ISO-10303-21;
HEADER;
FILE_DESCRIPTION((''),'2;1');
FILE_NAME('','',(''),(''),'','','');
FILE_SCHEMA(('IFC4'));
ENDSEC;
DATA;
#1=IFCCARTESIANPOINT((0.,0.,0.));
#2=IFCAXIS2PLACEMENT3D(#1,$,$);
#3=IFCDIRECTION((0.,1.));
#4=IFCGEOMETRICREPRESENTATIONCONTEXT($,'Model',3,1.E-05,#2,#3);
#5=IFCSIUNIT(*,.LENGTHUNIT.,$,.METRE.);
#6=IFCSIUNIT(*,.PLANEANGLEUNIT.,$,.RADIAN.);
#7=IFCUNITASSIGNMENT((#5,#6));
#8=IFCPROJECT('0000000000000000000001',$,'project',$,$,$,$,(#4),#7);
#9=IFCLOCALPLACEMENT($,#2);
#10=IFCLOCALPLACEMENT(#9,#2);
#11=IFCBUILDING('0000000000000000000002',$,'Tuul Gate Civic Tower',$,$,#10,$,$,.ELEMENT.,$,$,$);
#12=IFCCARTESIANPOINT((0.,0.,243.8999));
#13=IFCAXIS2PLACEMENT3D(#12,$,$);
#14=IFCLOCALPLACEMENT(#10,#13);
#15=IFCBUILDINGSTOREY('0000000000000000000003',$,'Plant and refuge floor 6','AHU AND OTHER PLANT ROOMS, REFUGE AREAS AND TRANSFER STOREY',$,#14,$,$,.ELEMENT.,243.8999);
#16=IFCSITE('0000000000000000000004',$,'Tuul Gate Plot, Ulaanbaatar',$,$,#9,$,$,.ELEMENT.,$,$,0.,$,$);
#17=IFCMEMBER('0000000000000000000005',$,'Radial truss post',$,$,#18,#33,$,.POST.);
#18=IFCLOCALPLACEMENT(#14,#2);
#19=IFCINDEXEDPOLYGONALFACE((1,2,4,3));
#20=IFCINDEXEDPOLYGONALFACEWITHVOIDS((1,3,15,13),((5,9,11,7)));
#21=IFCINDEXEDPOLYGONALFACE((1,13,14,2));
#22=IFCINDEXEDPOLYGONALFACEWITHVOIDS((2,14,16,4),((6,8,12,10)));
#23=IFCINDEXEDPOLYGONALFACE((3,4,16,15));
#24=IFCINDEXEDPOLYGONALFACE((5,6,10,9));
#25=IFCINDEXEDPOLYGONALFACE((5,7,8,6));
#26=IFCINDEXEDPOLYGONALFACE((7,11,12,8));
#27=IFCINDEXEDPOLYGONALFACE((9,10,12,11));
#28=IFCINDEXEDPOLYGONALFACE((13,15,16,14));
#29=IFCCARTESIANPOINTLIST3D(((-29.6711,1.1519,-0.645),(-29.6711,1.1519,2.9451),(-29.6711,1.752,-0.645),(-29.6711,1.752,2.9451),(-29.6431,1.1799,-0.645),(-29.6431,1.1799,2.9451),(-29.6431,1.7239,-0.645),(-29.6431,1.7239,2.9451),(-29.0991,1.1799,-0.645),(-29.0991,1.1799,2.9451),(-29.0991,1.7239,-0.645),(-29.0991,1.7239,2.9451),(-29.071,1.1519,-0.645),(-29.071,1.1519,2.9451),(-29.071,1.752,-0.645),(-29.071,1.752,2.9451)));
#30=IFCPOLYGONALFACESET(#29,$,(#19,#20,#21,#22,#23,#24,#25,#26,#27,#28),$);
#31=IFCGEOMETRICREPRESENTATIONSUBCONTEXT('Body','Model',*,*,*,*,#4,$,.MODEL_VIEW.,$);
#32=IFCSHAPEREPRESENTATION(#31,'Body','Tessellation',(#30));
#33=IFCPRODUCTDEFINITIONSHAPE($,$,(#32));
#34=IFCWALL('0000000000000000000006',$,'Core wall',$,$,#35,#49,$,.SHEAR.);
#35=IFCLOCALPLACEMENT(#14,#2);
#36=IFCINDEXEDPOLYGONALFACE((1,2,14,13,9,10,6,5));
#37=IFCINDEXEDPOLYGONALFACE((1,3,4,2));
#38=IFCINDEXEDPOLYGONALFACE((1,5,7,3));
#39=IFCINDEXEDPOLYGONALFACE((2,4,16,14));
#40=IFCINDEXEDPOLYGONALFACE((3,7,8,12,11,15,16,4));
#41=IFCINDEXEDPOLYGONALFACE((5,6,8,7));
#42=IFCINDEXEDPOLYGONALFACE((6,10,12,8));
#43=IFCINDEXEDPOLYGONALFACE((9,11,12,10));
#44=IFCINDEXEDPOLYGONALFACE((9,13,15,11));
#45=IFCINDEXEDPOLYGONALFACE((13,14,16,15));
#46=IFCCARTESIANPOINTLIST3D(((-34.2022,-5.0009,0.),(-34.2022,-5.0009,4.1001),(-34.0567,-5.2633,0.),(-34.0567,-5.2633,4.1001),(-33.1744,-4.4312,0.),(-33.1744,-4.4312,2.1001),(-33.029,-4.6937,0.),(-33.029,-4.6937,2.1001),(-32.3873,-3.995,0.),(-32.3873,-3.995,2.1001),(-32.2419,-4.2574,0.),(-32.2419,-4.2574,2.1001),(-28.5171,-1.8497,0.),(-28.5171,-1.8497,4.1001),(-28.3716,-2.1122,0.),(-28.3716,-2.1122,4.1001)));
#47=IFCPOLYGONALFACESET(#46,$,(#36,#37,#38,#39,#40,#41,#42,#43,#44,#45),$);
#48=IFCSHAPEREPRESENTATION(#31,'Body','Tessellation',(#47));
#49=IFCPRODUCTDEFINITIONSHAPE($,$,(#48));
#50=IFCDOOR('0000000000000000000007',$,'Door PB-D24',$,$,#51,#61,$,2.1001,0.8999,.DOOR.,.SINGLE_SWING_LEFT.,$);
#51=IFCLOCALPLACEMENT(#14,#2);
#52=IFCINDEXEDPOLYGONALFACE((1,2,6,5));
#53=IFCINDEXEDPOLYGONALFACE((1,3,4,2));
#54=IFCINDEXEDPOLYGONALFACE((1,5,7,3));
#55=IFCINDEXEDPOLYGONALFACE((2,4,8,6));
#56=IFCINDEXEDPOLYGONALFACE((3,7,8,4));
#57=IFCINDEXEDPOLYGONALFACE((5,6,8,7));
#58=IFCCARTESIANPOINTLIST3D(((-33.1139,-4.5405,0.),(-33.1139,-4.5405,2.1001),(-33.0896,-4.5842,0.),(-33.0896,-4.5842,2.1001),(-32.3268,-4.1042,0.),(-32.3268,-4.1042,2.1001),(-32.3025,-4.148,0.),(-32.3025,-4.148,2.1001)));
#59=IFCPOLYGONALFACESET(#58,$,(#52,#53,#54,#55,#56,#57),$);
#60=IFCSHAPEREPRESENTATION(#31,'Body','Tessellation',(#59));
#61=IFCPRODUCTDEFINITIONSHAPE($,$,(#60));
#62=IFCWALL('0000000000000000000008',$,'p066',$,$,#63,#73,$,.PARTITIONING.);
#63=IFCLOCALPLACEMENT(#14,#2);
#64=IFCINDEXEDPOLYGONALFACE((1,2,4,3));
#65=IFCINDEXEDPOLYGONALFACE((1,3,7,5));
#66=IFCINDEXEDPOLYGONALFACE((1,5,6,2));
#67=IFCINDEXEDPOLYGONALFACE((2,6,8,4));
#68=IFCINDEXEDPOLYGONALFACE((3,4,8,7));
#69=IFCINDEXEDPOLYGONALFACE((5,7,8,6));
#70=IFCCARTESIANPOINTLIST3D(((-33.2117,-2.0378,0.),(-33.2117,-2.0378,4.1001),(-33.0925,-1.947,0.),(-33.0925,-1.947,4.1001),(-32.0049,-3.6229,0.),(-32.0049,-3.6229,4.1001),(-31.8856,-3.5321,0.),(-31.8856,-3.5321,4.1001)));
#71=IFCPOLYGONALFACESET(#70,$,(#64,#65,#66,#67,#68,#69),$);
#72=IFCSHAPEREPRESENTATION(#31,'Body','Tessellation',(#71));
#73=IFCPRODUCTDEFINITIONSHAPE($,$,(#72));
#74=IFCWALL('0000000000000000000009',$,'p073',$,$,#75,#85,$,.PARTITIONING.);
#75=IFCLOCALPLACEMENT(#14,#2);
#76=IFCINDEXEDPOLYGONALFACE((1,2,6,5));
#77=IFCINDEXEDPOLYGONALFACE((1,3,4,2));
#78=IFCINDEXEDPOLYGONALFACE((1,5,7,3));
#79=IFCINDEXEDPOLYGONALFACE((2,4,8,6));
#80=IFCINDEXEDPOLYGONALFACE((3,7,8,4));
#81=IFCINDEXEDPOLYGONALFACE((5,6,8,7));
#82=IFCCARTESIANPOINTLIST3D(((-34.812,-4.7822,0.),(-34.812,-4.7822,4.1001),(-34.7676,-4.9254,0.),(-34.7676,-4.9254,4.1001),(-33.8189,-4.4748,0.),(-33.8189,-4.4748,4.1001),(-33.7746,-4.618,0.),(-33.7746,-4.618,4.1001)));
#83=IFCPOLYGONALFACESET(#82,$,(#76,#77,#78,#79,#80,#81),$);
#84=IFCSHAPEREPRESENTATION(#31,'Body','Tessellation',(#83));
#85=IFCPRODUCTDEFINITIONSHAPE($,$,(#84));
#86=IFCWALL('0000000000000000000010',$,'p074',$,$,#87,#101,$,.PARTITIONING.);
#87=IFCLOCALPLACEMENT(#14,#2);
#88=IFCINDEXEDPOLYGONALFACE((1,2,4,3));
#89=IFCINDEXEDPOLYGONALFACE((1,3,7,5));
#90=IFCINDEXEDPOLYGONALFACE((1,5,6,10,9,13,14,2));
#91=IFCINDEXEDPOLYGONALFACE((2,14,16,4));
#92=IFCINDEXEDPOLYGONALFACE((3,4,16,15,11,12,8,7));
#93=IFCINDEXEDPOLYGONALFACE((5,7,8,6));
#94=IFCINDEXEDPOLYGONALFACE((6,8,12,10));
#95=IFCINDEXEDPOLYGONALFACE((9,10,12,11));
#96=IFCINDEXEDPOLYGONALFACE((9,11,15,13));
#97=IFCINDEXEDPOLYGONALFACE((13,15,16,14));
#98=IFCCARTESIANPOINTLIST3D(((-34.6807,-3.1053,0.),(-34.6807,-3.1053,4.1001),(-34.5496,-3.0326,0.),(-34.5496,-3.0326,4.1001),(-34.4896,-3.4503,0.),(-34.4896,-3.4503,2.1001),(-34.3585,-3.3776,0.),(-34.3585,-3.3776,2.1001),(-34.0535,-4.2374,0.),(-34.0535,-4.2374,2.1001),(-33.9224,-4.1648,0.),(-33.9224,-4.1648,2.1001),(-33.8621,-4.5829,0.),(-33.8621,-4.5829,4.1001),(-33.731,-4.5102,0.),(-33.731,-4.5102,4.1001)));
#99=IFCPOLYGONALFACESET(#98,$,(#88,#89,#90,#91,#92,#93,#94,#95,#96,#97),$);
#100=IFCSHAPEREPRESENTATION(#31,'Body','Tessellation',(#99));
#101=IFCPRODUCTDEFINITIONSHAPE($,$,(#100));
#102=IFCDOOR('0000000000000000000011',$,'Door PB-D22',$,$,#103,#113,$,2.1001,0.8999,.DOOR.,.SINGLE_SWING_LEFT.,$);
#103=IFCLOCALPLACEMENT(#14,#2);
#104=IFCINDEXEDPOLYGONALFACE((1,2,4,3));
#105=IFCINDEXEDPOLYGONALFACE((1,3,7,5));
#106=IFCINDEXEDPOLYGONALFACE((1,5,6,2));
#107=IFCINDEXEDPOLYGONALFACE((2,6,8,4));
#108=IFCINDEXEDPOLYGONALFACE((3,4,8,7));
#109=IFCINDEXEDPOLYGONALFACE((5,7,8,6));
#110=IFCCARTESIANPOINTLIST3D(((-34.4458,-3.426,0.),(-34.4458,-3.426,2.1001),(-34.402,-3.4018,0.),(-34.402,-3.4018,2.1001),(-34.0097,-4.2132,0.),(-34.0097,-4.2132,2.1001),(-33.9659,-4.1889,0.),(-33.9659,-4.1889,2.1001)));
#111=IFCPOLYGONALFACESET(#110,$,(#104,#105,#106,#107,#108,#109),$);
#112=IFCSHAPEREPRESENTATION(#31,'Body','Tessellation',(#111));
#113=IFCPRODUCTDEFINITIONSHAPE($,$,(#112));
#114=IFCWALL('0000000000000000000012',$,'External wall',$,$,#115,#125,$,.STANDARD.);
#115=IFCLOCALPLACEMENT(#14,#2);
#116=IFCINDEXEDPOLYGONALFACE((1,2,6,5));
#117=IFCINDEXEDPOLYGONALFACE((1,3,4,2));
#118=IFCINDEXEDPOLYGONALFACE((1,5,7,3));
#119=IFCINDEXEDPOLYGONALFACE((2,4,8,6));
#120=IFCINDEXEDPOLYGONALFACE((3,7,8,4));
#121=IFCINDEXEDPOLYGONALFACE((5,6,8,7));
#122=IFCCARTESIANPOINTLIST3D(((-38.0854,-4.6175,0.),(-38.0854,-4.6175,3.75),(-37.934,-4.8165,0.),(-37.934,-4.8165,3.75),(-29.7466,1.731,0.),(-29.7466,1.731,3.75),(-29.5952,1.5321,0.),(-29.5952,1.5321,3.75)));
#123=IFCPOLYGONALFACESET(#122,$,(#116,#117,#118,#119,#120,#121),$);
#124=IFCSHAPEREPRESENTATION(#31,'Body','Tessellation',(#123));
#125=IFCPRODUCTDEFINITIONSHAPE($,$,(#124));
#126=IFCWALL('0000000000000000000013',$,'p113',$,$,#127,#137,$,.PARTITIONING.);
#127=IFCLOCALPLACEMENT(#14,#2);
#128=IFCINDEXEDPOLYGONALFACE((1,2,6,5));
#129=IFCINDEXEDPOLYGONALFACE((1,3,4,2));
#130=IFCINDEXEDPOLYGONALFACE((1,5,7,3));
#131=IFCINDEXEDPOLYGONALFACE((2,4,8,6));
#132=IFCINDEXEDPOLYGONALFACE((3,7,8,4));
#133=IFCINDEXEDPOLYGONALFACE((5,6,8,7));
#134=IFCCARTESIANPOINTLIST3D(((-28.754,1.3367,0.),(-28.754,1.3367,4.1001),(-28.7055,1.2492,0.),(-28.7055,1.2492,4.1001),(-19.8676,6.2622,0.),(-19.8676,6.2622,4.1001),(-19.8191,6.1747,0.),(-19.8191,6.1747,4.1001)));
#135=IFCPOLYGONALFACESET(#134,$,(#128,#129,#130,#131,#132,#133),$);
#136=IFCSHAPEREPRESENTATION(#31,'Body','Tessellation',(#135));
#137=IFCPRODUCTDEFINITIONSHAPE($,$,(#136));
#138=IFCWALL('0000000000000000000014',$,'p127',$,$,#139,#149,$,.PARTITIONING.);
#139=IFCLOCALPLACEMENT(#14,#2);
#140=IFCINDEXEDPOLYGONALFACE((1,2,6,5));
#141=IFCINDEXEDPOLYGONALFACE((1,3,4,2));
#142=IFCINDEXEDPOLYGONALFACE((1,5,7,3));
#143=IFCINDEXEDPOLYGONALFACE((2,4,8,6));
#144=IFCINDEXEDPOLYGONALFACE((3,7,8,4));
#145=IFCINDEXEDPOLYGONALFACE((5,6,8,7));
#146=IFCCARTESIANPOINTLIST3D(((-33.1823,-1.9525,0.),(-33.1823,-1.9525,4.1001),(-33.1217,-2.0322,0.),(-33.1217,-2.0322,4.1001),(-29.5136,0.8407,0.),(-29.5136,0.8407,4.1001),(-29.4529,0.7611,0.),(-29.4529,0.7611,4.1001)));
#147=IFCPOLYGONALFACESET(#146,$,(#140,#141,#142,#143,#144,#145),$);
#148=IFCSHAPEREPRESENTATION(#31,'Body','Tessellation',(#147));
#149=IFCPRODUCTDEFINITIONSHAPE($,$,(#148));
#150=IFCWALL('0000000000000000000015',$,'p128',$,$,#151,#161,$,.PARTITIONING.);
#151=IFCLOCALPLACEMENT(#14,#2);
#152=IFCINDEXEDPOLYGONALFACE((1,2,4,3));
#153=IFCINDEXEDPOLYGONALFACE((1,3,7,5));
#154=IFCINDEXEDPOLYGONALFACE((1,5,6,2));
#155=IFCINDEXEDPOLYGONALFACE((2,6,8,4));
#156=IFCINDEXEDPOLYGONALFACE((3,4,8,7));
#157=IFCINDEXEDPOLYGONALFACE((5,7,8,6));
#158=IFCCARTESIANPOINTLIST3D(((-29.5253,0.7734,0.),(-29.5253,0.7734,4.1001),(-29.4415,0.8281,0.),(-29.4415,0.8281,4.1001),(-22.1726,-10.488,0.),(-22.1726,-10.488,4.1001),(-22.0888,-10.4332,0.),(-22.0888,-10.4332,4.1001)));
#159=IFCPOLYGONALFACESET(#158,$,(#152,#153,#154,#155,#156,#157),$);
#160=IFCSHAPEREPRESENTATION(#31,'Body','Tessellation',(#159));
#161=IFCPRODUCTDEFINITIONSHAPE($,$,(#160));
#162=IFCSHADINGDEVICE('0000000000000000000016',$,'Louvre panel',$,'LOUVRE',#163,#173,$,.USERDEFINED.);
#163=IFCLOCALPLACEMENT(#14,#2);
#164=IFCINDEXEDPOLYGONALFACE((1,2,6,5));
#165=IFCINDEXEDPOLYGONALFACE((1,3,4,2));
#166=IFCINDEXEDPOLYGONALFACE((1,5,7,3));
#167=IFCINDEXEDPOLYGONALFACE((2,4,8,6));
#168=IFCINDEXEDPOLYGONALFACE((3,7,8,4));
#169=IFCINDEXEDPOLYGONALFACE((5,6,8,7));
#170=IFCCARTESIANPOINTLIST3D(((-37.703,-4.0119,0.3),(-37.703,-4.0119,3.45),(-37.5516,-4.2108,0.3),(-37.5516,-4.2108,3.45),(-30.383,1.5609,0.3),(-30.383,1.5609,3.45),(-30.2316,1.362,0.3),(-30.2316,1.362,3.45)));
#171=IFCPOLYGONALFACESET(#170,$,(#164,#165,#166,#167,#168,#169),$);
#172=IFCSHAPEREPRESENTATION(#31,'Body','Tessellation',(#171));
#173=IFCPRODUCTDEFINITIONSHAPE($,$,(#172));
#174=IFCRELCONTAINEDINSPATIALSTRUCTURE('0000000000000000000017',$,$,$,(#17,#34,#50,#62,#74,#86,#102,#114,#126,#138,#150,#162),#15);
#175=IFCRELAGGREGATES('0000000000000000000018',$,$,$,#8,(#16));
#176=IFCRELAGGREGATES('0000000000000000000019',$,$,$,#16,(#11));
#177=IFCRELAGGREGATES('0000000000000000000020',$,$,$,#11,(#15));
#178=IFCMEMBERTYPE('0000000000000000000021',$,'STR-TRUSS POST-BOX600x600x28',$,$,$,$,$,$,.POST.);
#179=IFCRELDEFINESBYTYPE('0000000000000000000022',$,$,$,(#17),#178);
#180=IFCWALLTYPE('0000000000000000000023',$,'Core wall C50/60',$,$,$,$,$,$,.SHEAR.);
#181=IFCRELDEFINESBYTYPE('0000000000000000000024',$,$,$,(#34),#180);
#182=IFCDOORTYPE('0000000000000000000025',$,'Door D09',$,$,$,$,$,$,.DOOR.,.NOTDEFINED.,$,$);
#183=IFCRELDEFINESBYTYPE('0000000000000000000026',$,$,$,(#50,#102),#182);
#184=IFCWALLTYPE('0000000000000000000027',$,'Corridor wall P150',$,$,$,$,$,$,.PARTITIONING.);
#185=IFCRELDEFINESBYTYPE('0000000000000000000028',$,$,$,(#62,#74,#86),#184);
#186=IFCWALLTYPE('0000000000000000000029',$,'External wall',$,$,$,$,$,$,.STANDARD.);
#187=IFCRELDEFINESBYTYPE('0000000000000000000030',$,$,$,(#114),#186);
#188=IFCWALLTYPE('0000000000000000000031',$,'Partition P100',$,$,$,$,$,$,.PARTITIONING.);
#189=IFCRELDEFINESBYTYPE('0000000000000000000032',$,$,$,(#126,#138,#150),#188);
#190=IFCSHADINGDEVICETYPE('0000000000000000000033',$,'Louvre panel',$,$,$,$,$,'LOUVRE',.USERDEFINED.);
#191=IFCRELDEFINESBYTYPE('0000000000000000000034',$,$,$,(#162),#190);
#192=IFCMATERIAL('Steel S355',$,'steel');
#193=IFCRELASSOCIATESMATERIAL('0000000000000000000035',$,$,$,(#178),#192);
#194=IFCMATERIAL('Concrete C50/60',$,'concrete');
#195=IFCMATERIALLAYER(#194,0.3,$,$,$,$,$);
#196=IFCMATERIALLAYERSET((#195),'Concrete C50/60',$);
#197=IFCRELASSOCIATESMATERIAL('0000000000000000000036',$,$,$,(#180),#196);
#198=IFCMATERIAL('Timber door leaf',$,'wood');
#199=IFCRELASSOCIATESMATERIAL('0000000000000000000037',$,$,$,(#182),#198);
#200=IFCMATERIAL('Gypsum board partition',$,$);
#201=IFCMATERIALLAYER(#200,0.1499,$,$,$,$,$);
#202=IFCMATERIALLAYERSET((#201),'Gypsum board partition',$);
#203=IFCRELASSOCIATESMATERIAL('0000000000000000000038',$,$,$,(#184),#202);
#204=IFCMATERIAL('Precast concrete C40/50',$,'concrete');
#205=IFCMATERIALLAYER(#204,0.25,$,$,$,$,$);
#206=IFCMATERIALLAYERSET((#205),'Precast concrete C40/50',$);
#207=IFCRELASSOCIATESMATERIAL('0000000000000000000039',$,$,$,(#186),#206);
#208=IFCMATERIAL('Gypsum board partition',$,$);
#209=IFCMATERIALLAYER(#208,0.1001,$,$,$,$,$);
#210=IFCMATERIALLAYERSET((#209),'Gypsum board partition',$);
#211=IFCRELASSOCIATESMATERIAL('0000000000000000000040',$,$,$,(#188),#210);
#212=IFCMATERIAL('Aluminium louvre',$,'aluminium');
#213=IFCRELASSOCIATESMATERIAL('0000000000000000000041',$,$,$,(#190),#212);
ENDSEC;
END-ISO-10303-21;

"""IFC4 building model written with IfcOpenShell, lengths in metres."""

from ifc_helpers import new_model, si_unit, direction, frame, frame_2d, origin, origin_2d, place, context, subcontext, project, spatial, rectangle, hollow_rectangle, extrude, material, layer, layer_set, material_profile, profile_set, type_object, element, fill, save


model = new_model("IFC4")

# Units and contexts
model_context = context("Model", 3, precision=1e-05, world=origin(), true_north=direction((0.0, 1.0)))
body_context = subcontext(model_context, "Body", "Model", "MODEL_VIEW")
ifc_project = project(units=[si_unit("LENGTHUNIT", "METRE"), si_unit("PLANEANGLEUNIT", "RADIAN")], contexts=[model_context])

# Site, building, storey
site_placement = place(None, origin())
site = spatial("IfcSite", under=ifc_project, at=site_placement, Name="Tuul Gate Plot, Ulaanbaatar", CompositionType="ELEMENT", RefElevation=0.0)
building_placement = place(site_placement, origin())
building = spatial("IfcBuilding", under=site, at=building_placement, Name="Tuul Gate Civic Tower", CompositionType="ELEMENT")
storey_placement = place(building_placement, frame((0.0, 0.0, 243.8999)))
storey = spatial("IfcBuildingStorey", under=building, at=storey_placement, Name="Plant and refuge floor 6", Description="AHU AND OTHER PLANT ROOMS, REFUGE AREAS AND TRANSFER STOREY", CompositionType="ELEMENT", Elevation=243.8999)

# Member
ifc_material_1 = material(Name="Steel S355", Category="steel")
ifc_material_profile_1 = material_profile(ifc_material_1, hollow_rectangle(XDim=0.6001, YDim=0.6001, WallThickness=0.0281, at=origin_2d()), Name="BOX600x600x28")
ifc_profile_set_1 = profile_set([ifc_material_profile_1], Name="Steel S355")
member_type_1 = type_object("IfcMemberType", Name="STR-TRUSS POST-BOX600x600x28", PredefinedType="POST", material=ifc_profile_set_1)
member_1_placement = place(storey_placement, frame((-29.3711, 1.4519, -0.645), z_axis=(0.0, 0.0, 1.0), x_axis=(1.0, 0.0, 0.0)))
element("IfcMember", 1, at=member_1_placement, inside=storey, type_object=member_type_1, Name="Radial truss post", PredefinedType="POST", context=body_context, shape_type="SweptSolid", body=[
    extrude(hollow_rectangle(XDim=0.6001, YDim=0.6001, WallThickness=0.0281, at=origin_2d()), origin(), (0.0, 0.0, 1.0), 3.5901),
])

# Wall, opening, door
ifc_material_2 = material(Name="Concrete C50/60", Category="concrete")
ifc_layer_1 = layer(ifc_material_2, 0.3)
ifc_layer_set_1 = layer_set([ifc_layer_1], Name="Concrete C50/60")
wall_type_1 = type_object("IfcWallType", Name="Core wall C50/60", PredefinedType="SHEAR", material=ifc_layer_set_1)
wall_1_placement = place(storey_placement, frame((-28.4443, -1.981, 0.0), z_axis=(0.0, 0.0, 1.0), x_axis=(-0.87463, -0.484791, 0.0)))
wall_1 = element("IfcWall", 2, at=wall_1_placement, inside=storey, type_object=wall_type_1, Name="Core wall", PredefinedType="SHEAR", context=body_context, shape_type="SweptSolid", body=[
    extrude(rectangle(XDim=6.5, YDim=0.3, at=frame_2d((3.25, 0.0))), origin(), (0.0, 0.0, 1.0), 4.1001),
])
opening_1_placement = place(wall_1_placement, frame((4.425, 0.0, 0.0)))
opening_1 = element("IfcOpeningElement", 3, at=opening_1_placement, cuts=wall_1, PredefinedType="OPENING", context=body_context, shape_type="SweptSolid", body=[
    extrude(rectangle(XDim=0.8999, YDim=2.1001, at=frame_2d((0.45, 1.05))), frame((0.0, 0.1602, 0.0), z_axis=(0.0, -1.0, 0.0), x_axis=(1.0, 0.0, 0.0)), (0.0, 0.0, 1.0), 0.3201),
])
ifc_material_3 = material(Name="Timber door leaf", Category="wood")
door_type = type_object("IfcDoorType", Name="Door D09", OperationType="NOTDEFINED", PredefinedType="DOOR", material=ifc_material_3)
door_1_placement = place(opening_1_placement, origin())
door_1 = element("IfcDoor", 4, at=door_1_placement, inside=storey, type_object=door_type, Name="Door PB-D24", OperationType="SINGLE_SWING_LEFT", OverallHeight=2.1001, OverallWidth=0.8999, PredefinedType="DOOR", context=body_context, shape_type="SweptSolid", body=[
    extrude(rectangle(XDim=0.8999, YDim=2.1001, at=frame_2d((0.45, 1.05))), frame((0.0, 0.0249, 0.0), z_axis=(0.0, -1.0, 0.0), x_axis=(1.0, 0.0, 0.0)), (0.0, 0.0, 1.0), 0.05),
])
fill(opening_1, door_1)

# Walls
ifc_material_4 = material(Name="Gypsum board partition")
ifc_layer_2 = layer(ifc_material_4, 0.1499)
ifc_layer_set_2 = layer_set([ifc_layer_2], Name="Gypsum board partition")
wall_type_2 = type_object("IfcWallType", Name="Corridor wall P150", PredefinedType="PARTITIONING", material=ifc_layer_set_2)
wall_2_placement = place(storey_placement, frame((-33.1521, -1.9924, 0.0), z_axis=(0.0, 0.0, 1.0), x_axis=(0.605788, -0.795626, 0.0)))
element("IfcWall", 5, at=wall_2_placement, inside=storey, type_object=wall_type_2, Name="p066", PredefinedType="PARTITIONING", context=body_context, shape_type="SweptSolid", body=[
    extrude(rectangle(XDim=1.9922, YDim=0.1499, at=frame_2d((0.9961, 0.0))), origin(), (0.0, 0.0, 1.0), 4.1001),
])
wall_3_placement = place(storey_placement, frame((-34.7898, -4.8538, 0.0), z_axis=(0.0, 0.0, 1.0), x_axis=(0.955295, 0.295653, 0.0)))
element("IfcWall", 6, at=wall_3_placement, inside=storey, type_object=wall_type_2, Name="p073", PredefinedType="PARTITIONING", context=body_context, shape_type="SweptSolid", body=[
    extrude(rectangle(XDim=1.0396, YDim=0.1499, at=frame_2d((0.5198, 0.0))), origin(), (0.0, 0.0, 1.0), 4.1001),
])

# Wall, opening, door
wall_4_placement = place(storey_placement, frame((-34.6152, -3.0688, 0.0), z_axis=(0.0, 0.0, 1.0), x_axis=(0.484624, -0.874723, 0.0)))
wall_4 = element("IfcWall", 7, at=wall_4_placement, inside=storey, type_object=wall_type_2, Name="p074", PredefinedType="PARTITIONING", context=body_context, shape_type="SweptSolid", body=[
    extrude(rectangle(XDim=1.6892, YDim=0.1499, at=frame_2d((0.8447, 0.0))), origin(), (0.0, 0.0, 1.0), 4.1001),
])
opening_2_placement = place(wall_4_placement, frame((0.3945, 0.0, 0.0)))
opening_2 = element("IfcOpeningElement", 8, at=opening_2_placement, cuts=wall_4, PredefinedType="OPENING", context=body_context, shape_type="SweptSolid", body=[
    extrude(rectangle(XDim=0.8999, YDim=2.1001, at=frame_2d((0.45, 1.05))), frame((0.0, 0.085, 0.0), z_axis=(0.0, -1.0, 0.0), x_axis=(1.0, 0.0, 0.0)), (0.0, 0.0, 1.0), 0.1699),
])
door_2_placement = place(opening_2_placement, frame((0.8999, 0.0, 0.0), z_axis=(0.0, 0.0, 1.0), x_axis=(-1.0, 0.0, 0.0)))
door_2 = element("IfcDoor", 9, at=door_2_placement, inside=storey, type_object=door_type, Name="Door PB-D22", OperationType="SINGLE_SWING_LEFT", OverallHeight=2.1001, OverallWidth=0.8999, PredefinedType="DOOR", context=body_context, shape_type="SweptSolid", body=[
    extrude(rectangle(XDim=0.8999, YDim=2.1001, at=frame_2d((0.45, 1.05))), frame((0.0, 0.0249, 0.0), z_axis=(0.0, -1.0, 0.0), x_axis=(1.0, 0.0, 0.0)), (0.0, 0.0, 1.0), 0.05),
])
fill(opening_2, door_2)

# Walls
ifc_material_5 = material(Name="Precast concrete C40/50", Category="concrete")
ifc_layer_3 = layer(ifc_material_5, 0.25)
ifc_layer_set_3 = layer_set([ifc_layer_3], Name="Precast concrete C40/50")
wall_type_3 = type_object("IfcWallType", Name="External wall", PredefinedType="STANDARD", material=ifc_layer_set_3)
wall_5_placement = place(storey_placement, frame((-29.6709, 1.6316, 0.0), z_axis=(0.0, 0.0, 1.0), x_axis=(-0.795652, -0.605754, 0.0)))
element("IfcWall", 10, at=wall_5_placement, inside=storey, type_object=wall_type_3, Name="External wall", PredefinedType="STANDARD", context=body_context, shape_type="SweptSolid", body=[
    extrude(rectangle(XDim=10.4805, YDim=0.25, at=frame_2d((5.2402, 0.0))), origin(), (0.0, 0.0, 1.0), 3.75),
])
ifc_material_6 = material(Name="Gypsum board partition")
ifc_layer_4 = layer(ifc_material_6, 0.1001)
ifc_layer_set_4 = layer_set([ifc_layer_4], Name="Gypsum board partition")
wall_type_4 = type_object("IfcWallType", Name="Partition P100", PredefinedType="PARTITIONING", material=ifc_layer_set_4)
wall_6_placement = place(storey_placement, frame((-28.7297, 1.293, 0.0), z_axis=(0.0, 0.0, 1.0), x_axis=(0.874633, 0.484786, 0.0)))
element("IfcWall", 11, at=wall_6_placement, inside=storey, type_object=wall_type_4, Name="p113", PredefinedType="PARTITIONING", context=body_context, shape_type="SweptSolid", body=[
    extrude(rectangle(XDim=10.1602, YDim=0.1001, at=frame_2d((5.0801, 0.0))), origin(), (0.0, 0.0, 1.0), 4.1001),
])
wall_7_placement = place(storey_placement, frame((-33.1521, -1.9924, 0.0), z_axis=(0.0, 0.0, 1.0), x_axis=(0.79564, 0.60577, 0.0)))
element("IfcWall", 12, at=wall_7_placement, inside=storey, type_object=wall_type_4, Name="p127", PredefinedType="PARTITIONING", context=body_context, shape_type="SweptSolid", body=[
    extrude(rectangle(XDim=4.6111, YDim=0.1001, at=frame_2d((2.3057, 0.0))), origin(), (0.0, 0.0, 1.0), 4.1001),
])
wall_8_placement = place(storey_placement, frame((-29.4834, 0.8008, 0.0), z_axis=(0.0, 0.0, 1.0), x_axis=(0.546703, -0.837327, 0.0)))
element("IfcWall", 13, at=wall_8_placement, inside=storey, type_object=wall_type_4, Name="p128", PredefinedType="PARTITIONING", context=body_context, shape_type="SweptSolid", body=[
    extrude(rectangle(XDim=13.4492, YDim=0.1001, at=frame_2d((6.7246, 0.0))), origin(), (0.0, 0.0, 1.0), 4.1001),
])

# Shading device
ifc_material_7 = material(Name="Aluminium louvre", Category="aluminium")
shading_device_type = type_object("IfcShadingDeviceType", Name="Louvre panel", ElementType="LOUVRE", PredefinedType="USERDEFINED", material=ifc_material_7)
shading_device_placement = place(storey_placement, frame((-33.9673, -1.325, 0.3), z_axis=(0.0, 0.0, 1.0), x_axis=(-0.605749, 0.795656, 0.0)))
element("IfcShadingDevice", 14, at=shading_device_placement, inside=storey, type_object=shading_device_type, Name="Louvre panel", ObjectType="LOUVRE", PredefinedType="USERDEFINED", context=body_context, shape_type="SweptSolid", body=[
    extrude(rectangle(XDim=0.25, YDim=9.2, at=origin_2d()), origin(), (0.0, 0.0, 1.0), 3.1499),
])

save(model, "model.ifc")
